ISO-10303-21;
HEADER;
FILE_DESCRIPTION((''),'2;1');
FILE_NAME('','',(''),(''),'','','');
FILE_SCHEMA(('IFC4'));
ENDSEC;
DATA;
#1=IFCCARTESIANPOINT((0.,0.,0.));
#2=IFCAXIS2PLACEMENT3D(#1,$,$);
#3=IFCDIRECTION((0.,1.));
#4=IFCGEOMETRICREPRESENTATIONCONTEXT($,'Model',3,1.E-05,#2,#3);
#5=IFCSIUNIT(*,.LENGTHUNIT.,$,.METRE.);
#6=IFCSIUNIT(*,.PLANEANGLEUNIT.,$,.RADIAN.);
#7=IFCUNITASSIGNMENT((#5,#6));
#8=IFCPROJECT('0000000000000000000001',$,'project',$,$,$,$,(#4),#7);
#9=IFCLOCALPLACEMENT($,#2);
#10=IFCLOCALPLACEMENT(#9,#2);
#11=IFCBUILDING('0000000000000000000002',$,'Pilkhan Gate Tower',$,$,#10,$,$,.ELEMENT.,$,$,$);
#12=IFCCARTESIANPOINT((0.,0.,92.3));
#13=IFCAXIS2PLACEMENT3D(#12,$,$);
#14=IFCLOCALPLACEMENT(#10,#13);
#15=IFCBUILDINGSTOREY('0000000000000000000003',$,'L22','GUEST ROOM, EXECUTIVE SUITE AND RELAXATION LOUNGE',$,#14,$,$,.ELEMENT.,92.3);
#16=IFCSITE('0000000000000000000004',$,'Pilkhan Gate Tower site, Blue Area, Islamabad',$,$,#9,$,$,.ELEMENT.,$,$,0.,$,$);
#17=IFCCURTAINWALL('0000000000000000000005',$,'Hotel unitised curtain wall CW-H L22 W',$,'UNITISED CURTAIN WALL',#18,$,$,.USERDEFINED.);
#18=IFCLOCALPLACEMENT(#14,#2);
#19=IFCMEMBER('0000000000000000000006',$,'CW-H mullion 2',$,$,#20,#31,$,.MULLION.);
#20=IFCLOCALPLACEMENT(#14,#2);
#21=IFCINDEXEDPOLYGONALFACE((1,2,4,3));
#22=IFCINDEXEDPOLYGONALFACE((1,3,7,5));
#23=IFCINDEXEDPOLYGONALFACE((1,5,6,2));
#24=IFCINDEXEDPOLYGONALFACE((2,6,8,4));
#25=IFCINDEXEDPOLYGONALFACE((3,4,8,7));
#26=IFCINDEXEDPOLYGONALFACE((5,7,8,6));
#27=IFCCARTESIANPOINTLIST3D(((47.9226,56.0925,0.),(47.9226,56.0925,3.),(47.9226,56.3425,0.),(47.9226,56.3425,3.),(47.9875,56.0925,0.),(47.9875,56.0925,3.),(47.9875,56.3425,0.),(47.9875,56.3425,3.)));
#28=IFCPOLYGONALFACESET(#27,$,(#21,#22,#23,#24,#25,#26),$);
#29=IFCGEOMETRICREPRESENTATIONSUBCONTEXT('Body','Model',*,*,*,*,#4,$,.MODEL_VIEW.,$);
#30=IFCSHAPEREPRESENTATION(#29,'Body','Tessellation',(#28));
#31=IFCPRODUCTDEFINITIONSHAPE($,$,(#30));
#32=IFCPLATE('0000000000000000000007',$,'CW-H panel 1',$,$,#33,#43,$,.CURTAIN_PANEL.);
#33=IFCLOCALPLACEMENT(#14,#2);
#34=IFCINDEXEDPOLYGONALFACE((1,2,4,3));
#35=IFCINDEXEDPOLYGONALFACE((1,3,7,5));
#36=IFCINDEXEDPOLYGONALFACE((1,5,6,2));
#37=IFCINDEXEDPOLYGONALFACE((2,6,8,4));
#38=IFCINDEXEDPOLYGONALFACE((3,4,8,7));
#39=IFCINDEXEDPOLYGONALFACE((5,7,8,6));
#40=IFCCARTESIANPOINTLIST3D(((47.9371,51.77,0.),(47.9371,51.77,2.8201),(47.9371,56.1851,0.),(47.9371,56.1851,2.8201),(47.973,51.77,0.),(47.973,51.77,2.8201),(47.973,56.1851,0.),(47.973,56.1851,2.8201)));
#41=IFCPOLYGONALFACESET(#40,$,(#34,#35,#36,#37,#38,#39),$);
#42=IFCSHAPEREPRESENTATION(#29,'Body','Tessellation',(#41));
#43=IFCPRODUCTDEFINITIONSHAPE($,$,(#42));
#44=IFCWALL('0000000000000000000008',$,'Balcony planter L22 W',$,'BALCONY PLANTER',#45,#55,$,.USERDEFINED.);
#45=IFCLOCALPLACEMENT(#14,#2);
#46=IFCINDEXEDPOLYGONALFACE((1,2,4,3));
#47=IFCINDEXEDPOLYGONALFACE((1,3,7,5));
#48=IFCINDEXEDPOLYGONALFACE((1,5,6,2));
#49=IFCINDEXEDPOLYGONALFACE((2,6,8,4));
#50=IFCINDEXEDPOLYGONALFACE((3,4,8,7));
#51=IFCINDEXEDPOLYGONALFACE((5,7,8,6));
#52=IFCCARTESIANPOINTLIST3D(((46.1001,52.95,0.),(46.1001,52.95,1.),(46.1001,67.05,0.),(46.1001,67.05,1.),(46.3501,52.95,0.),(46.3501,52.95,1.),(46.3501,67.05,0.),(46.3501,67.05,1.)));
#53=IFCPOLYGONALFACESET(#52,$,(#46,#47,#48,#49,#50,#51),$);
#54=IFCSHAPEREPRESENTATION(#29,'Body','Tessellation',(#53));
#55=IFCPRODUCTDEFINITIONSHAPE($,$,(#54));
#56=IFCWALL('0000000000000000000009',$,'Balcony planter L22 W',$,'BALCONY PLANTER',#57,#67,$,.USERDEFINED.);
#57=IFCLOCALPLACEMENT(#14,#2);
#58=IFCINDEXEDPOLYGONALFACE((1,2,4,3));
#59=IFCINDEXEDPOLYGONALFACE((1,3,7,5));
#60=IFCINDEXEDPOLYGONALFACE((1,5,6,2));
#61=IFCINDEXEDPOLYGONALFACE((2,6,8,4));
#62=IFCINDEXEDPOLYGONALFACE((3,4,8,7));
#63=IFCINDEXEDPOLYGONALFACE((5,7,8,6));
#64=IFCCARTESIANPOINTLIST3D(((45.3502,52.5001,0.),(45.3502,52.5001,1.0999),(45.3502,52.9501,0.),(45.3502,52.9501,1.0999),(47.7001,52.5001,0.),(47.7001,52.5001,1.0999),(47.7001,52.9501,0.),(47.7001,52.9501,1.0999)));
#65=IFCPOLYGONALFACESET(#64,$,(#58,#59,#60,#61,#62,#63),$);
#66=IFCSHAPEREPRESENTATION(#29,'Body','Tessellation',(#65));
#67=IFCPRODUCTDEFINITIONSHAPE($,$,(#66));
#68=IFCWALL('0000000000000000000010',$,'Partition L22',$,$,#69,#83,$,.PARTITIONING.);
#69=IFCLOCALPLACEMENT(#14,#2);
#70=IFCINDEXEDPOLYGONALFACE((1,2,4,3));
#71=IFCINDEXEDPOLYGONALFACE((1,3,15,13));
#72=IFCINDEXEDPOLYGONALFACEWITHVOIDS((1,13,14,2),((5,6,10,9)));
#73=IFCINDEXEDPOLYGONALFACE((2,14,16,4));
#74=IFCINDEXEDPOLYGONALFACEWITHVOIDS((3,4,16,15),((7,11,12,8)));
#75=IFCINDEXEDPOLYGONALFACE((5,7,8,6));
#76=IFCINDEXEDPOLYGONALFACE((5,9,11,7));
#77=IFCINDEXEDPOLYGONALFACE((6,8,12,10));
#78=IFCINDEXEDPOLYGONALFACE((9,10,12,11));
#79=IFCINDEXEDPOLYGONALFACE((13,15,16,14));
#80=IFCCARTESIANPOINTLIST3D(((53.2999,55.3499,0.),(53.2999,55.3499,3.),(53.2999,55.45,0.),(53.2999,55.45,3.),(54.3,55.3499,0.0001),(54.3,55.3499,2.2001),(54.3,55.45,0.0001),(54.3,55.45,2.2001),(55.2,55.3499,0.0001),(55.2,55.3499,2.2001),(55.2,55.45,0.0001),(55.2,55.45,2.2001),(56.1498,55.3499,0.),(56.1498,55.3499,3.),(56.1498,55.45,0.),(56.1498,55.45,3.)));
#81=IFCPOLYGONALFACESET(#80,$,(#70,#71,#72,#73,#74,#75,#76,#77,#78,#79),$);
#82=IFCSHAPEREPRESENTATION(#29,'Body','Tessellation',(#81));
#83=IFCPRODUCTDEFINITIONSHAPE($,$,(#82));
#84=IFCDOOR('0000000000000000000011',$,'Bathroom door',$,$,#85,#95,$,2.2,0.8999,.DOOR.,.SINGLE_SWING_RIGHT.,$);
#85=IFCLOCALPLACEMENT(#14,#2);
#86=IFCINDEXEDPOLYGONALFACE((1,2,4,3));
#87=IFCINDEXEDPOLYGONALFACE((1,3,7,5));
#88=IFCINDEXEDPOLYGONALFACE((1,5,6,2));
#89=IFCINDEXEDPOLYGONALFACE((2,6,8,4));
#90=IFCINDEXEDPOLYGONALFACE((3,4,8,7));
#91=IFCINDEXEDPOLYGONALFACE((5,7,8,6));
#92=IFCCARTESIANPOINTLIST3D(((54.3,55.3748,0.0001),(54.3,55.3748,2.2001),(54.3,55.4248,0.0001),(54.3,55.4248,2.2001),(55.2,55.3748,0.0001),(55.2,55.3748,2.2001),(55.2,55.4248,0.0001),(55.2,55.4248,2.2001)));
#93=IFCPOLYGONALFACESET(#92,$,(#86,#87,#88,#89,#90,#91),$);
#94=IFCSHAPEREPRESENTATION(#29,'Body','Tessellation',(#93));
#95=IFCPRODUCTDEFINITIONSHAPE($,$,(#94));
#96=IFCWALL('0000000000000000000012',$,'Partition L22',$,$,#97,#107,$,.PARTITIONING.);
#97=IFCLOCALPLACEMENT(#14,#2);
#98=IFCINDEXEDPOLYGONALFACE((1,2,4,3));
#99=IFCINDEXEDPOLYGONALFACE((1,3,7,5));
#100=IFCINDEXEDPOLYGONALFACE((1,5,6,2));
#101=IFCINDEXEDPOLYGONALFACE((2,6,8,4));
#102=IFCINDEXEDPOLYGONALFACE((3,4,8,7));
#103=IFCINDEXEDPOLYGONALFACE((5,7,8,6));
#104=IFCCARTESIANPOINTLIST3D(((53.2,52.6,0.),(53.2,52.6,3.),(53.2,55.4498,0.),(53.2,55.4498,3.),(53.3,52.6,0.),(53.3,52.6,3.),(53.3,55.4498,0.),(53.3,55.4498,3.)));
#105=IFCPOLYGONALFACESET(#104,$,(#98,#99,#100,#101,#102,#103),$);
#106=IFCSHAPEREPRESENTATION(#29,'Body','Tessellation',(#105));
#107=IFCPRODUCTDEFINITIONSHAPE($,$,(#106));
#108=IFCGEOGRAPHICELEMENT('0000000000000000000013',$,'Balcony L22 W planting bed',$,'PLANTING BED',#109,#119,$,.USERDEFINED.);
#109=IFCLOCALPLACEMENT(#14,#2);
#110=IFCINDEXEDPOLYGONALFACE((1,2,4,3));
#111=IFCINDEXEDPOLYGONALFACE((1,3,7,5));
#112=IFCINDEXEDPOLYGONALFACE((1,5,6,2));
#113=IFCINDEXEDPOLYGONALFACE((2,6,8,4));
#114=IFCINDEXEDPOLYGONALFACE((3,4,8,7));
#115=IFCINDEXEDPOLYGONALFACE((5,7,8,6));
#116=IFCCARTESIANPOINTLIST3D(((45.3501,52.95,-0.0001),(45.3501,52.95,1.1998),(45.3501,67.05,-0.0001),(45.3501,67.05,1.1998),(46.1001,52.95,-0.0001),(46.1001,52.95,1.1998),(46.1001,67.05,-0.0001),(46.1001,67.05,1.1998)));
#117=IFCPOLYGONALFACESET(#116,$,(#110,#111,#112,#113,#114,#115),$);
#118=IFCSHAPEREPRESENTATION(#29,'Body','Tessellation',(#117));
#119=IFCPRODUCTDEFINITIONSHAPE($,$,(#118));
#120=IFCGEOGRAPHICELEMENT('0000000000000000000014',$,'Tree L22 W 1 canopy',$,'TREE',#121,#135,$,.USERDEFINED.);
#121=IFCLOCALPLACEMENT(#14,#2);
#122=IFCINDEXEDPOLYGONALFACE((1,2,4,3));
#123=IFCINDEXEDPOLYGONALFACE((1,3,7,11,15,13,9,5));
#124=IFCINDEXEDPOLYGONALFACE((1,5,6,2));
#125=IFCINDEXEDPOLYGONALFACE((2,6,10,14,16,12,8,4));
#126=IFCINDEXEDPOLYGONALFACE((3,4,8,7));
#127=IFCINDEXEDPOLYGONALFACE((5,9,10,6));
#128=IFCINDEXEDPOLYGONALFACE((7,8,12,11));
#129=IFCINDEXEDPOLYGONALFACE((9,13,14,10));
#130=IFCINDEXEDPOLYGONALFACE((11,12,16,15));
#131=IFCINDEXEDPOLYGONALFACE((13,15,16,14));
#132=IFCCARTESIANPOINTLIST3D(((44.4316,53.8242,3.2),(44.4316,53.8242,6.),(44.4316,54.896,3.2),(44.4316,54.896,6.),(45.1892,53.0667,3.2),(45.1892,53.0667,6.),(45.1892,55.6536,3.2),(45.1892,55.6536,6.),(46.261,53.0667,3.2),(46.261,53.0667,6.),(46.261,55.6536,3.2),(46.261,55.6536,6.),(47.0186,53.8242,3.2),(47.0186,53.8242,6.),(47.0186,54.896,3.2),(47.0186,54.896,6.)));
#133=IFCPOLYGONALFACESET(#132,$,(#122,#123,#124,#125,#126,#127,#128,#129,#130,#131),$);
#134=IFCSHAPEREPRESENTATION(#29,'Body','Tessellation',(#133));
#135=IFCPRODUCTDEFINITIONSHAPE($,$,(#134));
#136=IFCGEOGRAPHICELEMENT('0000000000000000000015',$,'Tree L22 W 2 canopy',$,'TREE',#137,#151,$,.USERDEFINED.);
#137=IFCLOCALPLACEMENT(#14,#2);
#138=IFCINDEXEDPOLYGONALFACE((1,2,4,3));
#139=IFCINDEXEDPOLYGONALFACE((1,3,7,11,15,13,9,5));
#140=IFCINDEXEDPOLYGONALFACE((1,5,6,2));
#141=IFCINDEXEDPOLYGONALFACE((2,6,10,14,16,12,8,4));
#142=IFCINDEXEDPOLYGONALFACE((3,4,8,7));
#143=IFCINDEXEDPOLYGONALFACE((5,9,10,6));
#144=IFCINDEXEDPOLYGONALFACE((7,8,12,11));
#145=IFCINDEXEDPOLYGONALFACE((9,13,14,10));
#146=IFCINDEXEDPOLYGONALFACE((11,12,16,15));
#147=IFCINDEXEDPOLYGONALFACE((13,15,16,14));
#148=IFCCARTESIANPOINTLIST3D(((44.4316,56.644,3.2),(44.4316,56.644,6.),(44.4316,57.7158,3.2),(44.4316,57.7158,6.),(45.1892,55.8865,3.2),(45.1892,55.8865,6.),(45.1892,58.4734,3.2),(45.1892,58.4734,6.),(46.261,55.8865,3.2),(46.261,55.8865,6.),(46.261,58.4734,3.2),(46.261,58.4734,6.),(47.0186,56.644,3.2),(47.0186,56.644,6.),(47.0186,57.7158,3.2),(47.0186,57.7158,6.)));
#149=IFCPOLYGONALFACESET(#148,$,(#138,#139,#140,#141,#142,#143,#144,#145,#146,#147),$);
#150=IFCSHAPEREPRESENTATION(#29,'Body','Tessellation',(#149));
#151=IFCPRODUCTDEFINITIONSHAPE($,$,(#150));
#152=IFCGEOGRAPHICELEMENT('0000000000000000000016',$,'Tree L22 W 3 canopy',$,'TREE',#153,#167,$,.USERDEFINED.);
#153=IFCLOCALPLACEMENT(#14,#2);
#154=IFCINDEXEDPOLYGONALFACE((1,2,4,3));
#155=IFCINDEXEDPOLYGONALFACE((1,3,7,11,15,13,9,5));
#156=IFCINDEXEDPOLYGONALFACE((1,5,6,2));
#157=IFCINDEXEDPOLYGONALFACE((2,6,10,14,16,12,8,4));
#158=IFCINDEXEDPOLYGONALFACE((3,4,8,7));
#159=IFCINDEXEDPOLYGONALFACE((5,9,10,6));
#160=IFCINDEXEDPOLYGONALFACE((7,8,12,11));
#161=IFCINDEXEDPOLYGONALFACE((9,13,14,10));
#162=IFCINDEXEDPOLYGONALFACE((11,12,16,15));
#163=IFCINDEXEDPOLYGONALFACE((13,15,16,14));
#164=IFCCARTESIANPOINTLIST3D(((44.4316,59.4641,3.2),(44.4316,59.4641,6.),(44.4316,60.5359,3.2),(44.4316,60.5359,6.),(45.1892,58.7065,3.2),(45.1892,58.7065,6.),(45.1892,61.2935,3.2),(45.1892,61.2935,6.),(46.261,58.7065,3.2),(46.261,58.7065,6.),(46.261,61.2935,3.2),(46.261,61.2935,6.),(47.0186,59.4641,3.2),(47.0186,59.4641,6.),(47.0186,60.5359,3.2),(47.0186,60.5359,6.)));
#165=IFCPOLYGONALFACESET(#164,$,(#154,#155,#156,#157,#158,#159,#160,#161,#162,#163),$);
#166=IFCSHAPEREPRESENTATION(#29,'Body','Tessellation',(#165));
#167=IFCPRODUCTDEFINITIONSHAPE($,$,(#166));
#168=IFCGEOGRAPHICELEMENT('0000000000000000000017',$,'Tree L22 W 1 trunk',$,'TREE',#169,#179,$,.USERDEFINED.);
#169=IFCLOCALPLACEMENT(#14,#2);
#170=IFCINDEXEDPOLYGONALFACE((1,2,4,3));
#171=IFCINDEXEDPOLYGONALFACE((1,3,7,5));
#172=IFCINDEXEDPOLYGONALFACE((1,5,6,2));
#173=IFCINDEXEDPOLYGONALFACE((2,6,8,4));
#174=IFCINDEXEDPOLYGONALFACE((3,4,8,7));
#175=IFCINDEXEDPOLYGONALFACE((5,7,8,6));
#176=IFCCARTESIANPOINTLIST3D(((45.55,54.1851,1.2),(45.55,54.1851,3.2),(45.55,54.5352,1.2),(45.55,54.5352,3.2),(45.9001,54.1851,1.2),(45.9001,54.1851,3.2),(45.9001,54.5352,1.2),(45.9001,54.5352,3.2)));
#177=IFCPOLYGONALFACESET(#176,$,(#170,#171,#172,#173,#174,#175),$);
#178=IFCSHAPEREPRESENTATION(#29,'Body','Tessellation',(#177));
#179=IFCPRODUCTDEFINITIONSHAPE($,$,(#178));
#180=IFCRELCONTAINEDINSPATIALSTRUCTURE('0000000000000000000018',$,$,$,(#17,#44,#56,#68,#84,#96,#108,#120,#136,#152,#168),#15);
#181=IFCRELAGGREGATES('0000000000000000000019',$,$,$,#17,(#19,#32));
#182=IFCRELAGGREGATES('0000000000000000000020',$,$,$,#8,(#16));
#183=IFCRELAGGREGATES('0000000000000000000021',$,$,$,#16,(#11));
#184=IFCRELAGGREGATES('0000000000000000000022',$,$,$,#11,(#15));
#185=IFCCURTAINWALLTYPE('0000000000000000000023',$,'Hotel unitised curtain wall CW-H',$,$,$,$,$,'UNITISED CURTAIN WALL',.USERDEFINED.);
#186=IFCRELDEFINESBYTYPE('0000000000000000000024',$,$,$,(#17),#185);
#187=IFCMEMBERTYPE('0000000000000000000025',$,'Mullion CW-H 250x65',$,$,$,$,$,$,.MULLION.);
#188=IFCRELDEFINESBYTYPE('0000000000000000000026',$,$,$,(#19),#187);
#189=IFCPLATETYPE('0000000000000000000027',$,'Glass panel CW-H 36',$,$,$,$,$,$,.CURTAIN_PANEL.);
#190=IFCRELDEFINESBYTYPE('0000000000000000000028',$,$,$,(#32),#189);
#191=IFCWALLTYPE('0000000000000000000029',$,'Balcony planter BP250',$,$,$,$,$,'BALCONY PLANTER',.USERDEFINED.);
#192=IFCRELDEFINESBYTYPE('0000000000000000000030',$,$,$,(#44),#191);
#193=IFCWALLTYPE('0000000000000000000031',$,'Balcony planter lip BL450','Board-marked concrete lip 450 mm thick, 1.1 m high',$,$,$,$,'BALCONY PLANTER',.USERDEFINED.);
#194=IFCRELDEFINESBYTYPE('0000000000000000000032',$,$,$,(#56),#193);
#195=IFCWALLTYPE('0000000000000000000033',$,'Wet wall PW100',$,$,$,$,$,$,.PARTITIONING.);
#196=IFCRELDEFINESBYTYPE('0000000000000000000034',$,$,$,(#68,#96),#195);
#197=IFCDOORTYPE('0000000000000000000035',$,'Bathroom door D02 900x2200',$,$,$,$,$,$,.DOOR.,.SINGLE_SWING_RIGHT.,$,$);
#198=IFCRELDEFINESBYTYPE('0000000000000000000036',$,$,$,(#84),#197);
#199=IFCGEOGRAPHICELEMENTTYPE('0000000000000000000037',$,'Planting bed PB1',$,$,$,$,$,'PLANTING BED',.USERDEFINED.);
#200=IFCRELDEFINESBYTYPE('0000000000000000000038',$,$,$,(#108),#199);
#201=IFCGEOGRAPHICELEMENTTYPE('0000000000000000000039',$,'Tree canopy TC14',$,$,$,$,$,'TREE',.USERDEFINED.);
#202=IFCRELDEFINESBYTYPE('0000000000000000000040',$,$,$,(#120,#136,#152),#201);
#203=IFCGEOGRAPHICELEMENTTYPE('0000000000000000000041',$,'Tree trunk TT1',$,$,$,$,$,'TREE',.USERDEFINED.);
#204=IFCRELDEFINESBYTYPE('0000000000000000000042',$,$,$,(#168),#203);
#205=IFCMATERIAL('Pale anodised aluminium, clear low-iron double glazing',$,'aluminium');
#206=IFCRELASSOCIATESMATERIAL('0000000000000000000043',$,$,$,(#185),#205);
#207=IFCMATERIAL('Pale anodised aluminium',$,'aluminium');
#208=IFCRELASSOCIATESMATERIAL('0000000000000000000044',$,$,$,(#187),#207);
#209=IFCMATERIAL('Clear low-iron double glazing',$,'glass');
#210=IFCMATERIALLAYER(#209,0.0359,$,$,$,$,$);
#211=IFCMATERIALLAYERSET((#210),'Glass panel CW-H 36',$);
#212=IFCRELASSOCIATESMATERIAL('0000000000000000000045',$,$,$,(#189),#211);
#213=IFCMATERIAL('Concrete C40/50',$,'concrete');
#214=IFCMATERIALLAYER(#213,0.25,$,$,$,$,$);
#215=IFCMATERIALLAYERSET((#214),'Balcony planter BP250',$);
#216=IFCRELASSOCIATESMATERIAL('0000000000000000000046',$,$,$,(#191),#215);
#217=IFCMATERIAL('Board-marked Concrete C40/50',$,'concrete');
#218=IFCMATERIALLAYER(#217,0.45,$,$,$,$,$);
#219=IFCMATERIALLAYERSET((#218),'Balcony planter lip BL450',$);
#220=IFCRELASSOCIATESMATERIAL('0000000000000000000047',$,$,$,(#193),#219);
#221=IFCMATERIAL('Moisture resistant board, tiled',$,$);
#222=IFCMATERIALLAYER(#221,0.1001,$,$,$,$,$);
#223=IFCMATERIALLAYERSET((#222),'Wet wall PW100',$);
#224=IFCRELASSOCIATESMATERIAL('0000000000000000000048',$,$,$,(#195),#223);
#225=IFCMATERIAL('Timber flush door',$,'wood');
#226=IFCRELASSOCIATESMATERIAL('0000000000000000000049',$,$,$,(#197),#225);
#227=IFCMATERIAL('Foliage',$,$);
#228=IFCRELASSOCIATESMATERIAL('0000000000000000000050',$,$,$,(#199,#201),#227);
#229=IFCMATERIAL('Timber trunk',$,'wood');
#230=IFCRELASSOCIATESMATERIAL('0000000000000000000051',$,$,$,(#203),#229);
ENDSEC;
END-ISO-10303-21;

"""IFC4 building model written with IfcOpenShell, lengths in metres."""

from ifc_helpers import new_model, si_unit, direction, frame, frame_2d, origin, origin_2d, place, context, subcontext, project, spatial, polyline, rectangle, outline, extrude, material, layer, layer_set, material_profile, profile_set, type_object, element, fill, aggregate, save


model = new_model("IFC4")

# Units and contexts
model_context = context("Model", 3, precision=1e-05, world=origin(), true_north=direction((0.0, 1.0)))
body_context = subcontext(model_context, "Body", "Model", "MODEL_VIEW")
ifc_project = project(units=[si_unit("LENGTHUNIT", "METRE"), si_unit("PLANEANGLEUNIT", "RADIAN")], contexts=[model_context])

# Site, building, storey
site_placement = place(None, origin())
site = spatial("IfcSite", under=ifc_project, at=site_placement, Name="Pilkhan Gate Tower site, Blue Area, Islamabad", CompositionType="ELEMENT", RefElevation=0.0)
building_placement = place(site_placement, origin())
building = spatial("IfcBuilding", under=site, at=building_placement, Name="Pilkhan Gate Tower", CompositionType="ELEMENT")
storey_placement = place(building_placement, frame((0.0, 0.0, 92.3)))
storey = spatial("IfcBuildingStorey", under=building, at=storey_placement, Name="L22", Description="GUEST ROOM, EXECUTIVE SUITE AND RELAXATION LOUNGE", CompositionType="ELEMENT", Elevation=92.3)

# Curtain wall, member, plate
ifc_material_1 = material(Name="Pale anodised aluminium, clear low-iron double glazing", Category="aluminium")
curtain_wall_type = type_object("IfcCurtainWallType", Name="Hotel unitised curtain wall CW-H", ElementType="UNITISED CURTAIN WALL", PredefinedType="USERDEFINED", material=ifc_material_1)
curtain_wall_placement = place(storey_placement, origin())
curtain_wall = element("IfcCurtainWall", 1, at=curtain_wall_placement, inside=storey, type_object=curtain_wall_type, Name="Hotel unitised curtain wall CW-H L22 W", ObjectType="UNITISED CURTAIN WALL", PredefinedType="USERDEFINED")
ifc_material_2 = material(Name="Pale anodised aluminium", Category="aluminium")
ifc_material_profile_1 = material_profile(ifc_material_2, rectangle(XDim=0.0649, YDim=0.25, at=origin_2d()), Name="Mullion 250x65")
ifc_profile_set_1 = profile_set([ifc_material_profile_1], Name="Pale anodised aluminium")
member_type = type_object("IfcMemberType", Name="Mullion CW-H 250x65", PredefinedType="MULLION", material=ifc_profile_set_1)
member_placement = place(storey_placement, frame((47.9551, 56.2175, 0.0), z_axis=(0.0, 0.0, 1.0), x_axis=(-1.0, 0.0, 0.0)))
member = element("IfcMember", 2, at=member_placement, type_object=member_type, Name="CW-H mullion 2", PredefinedType="MULLION", context=body_context, shape_type="SweptSolid", body=[
    extrude(rectangle(XDim=0.0649, YDim=0.25, at=origin_2d()), origin(), (0.0, 0.0, 1.0), 3.0),
])
ifc_material_3 = material(Name="Clear low-iron double glazing", Category="glass")
ifc_layer_1 = layer(ifc_material_3, 0.0359)
ifc_layer_set_1 = layer_set([ifc_layer_1], Name="Glass panel CW-H 36")
plate_type = type_object("IfcPlateType", Name="Glass panel CW-H 36", PredefinedType="CURTAIN_PANEL", material=ifc_layer_set_1)
plate_placement = place(storey_placement, frame((47.9551, 53.9775, 0.0), z_axis=(0.0, 0.0, 1.0), x_axis=(0.0, 1.0, 0.0)))
plate = element("IfcPlate", 3, at=plate_placement, type_object=plate_type, Name="CW-H panel 1", PredefinedType="CURTAIN_PANEL", context=body_context, shape_type="SweptSolid", body=[
    extrude(rectangle(XDim=4.415, YDim=0.0359, at=origin_2d()), origin(), (0.0, 0.0, 1.0), 2.8201),
])
aggregate(curtain_wall, [member, plate])

# Walls
ifc_material_4 = material(Name="Concrete C40/50", Category="concrete")
ifc_layer_2 = layer(ifc_material_4, 0.25)
ifc_layer_set_2 = layer_set([ifc_layer_2], Name="Balcony planter BP250")
wall_type_1 = type_object("IfcWallType", Name="Balcony planter BP250", ElementType="BALCONY PLANTER", PredefinedType="USERDEFINED", material=ifc_layer_set_2)
wall_1_placement = place(storey_placement, frame((46.2251, 52.95, 0.0), z_axis=(0.0, 0.0, 1.0), x_axis=(0.0, 1.0, 0.0)))
element("IfcWall", 4, at=wall_1_placement, inside=storey, type_object=wall_type_1, Name="Balcony planter L22 W", ObjectType="BALCONY PLANTER", PredefinedType="USERDEFINED", context=body_context, shape_type="SweptSolid", body=[
    extrude(rectangle(XDim=14.1001, YDim=0.25, at=frame_2d((7.05, 0.0))), origin(), (0.0, 0.0, 1.0), 1.0),
])
ifc_material_5 = material(Name="Board-marked Concrete C40/50", Category="concrete")
ifc_layer_3 = layer(ifc_material_5, 0.45)
ifc_layer_set_3 = layer_set([ifc_layer_3], Name="Balcony planter lip BL450")
wall_type_2 = type_object("IfcWallType", Name="Balcony planter lip BL450", Description="Board-marked concrete lip 450 mm thick, 1.1 m high", ElementType="BALCONY PLANTER", PredefinedType="USERDEFINED", material=ifc_layer_set_3)
wall_2_placement = place(storey_placement, frame((47.7, 52.7251, 0.0), z_axis=(0.0, 0.0, 1.0), x_axis=(-1.0, 0.0, 0.0)))
element("IfcWall", 5, at=wall_2_placement, inside=storey, type_object=wall_type_2, Name="Balcony planter L22 W", ObjectType="BALCONY PLANTER", PredefinedType="USERDEFINED", context=body_context, shape_type="SweptSolid", body=[
    extrude(rectangle(XDim=2.3499, YDim=0.45, at=frame_2d((1.1748, 0.0))), origin(), (0.0, 0.0, 1.0), 1.0999),
])

# Wall, opening, door
ifc_material_6 = material(Name="Moisture resistant board, tiled")
ifc_layer_4 = layer(ifc_material_6, 0.1001)
ifc_layer_set_4 = layer_set([ifc_layer_4], Name="Wet wall PW100")
wall_type_3 = type_object("IfcWallType", Name="Wet wall PW100", PredefinedType="PARTITIONING", material=ifc_layer_set_4)
wall_3_placement = place(storey_placement, frame((53.3, 55.3999, 0.0), z_axis=(0.0, 0.0, 1.0), x_axis=(1.0, 0.0, 0.0)))
wall_3 = element("IfcWall", 6, at=wall_3_placement, inside=storey, type_object=wall_type_3, Name="Partition L22", PredefinedType="PARTITIONING", context=body_context, shape_type="SweptSolid", body=[
    extrude(rectangle(XDim=2.8499, YDim=0.1001, at=frame_2d((1.4248, 0.0))), origin(), (0.0, 0.0, 1.0), 3.0),
])
opening_1_placement = place(wall_3_placement, frame((1.0, 0.0, 0.0)))
opening_1 = element("IfcOpeningElement", 7, at=opening_1_placement, cuts=wall_3, PredefinedType="OPENING", context=body_context, shape_type="SweptSolid", body=[
    extrude(rectangle(XDim=0.8999, YDim=2.2, at=frame_2d((0.45, 1.1001))), frame((0.0, 0.0601, 0.0), z_axis=(0.0, -1.0, 0.0), x_axis=(1.0, 0.0, 0.0)), (0.0, 0.0, 1.0), 0.1201),
])
ifc_material_7 = material(Name="Timber flush door", Category="wood")
door_type_1 = type_object("IfcDoorType", Name="Bathroom door D02 900x2200", OperationType="SINGLE_SWING_RIGHT", PredefinedType="DOOR", material=ifc_material_7)
door_1_placement = place(opening_1_placement, origin())
door_1 = element("IfcDoor", 8, at=door_1_placement, inside=storey, type_object=door_type_1, Name="Bathroom door", OperationType="SINGLE_SWING_RIGHT", OverallHeight=2.2, OverallWidth=0.8999, PredefinedType="DOOR", context=body_context, shape_type="SweptSolid", body=[
    extrude(rectangle(XDim=0.8999, YDim=2.2, at=frame_2d((0.45, 1.1001))), frame((0.0, 0.0249, 0.0), z_axis=(0.0, -1.0, 0.0), x_axis=(1.0, 0.0, 0.0)), (0.0, 0.0, 1.0), 0.05),
])
fill(opening_1, door_1)

# Wall
wall_4_placement = place(storey_placement, frame((53.25, 52.6001, 0.0), z_axis=(0.0, 0.0, 1.0), x_axis=(0.0, 1.0, 0.0)))
element("IfcWall", 9, at=wall_4_placement, inside=storey, type_object=wall_type_3, Name="Partition L22", PredefinedType="PARTITIONING", context=body_context, shape_type="SweptSolid", body=[
    extrude(rectangle(XDim=2.8499, YDim=0.1001, at=frame_2d((1.4248, 0.0))), origin(), (0.0, 0.0, 1.0), 3.0),
])

# Geographic elements
ifc_material_8 = material(Name="Foliage")
ifc_material_profile_2 = material_profile(ifc_material_8, rectangle(XDim=0.75, YDim=1.2, at=origin_2d()), Name="Bed 750x1200")
ifc_profile_set_2 = profile_set([ifc_material_profile_2], Name="Foliage")
geographic_element_type_1 = type_object("IfcGeographicElementType", Name="Planting bed PB1", ElementType="PLANTING BED", PredefinedType="USERDEFINED", material=ifc_profile_set_2)
geographic_element_placement = place(storey_placement, frame((45.7251, 52.95, 0.5999), z_axis=(0.0, 1.0, 0.0), x_axis=(-1.0, 0.0, 0.0)))
element("IfcGeographicElement", 10, at=geographic_element_placement, inside=storey, type_object=geographic_element_type_1, Name="Balcony L22 W planting bed", ObjectType="PLANTING BED", PredefinedType="USERDEFINED", context=body_context, shape_type="SweptSolid", body=[
    extrude(rectangle(XDim=0.75, YDim=1.2, at=origin_2d()), origin(), (0.0, 0.0, 1.0), 14.1001),
])
ifc_material_profile_3 = material_profile(ifc_material_8, outline(polyline([(1.2935, 0.5359), (0.5359, 1.2935), (-0.5359, 1.2935), (-1.2935, 0.5359), (-1.2935, -0.5359), (-0.5359, -1.2935), (0.5359, -1.2935), (1.2935, -0.5359), (1.2935, 0.5359)])), Name="Canopy D2.8")
ifc_profile_set_3 = profile_set([ifc_material_profile_3], Name="Foliage")
geographic_element_type_2 = type_object("IfcGeographicElementType", Name="Tree canopy TC14", ElementType="TREE", PredefinedType="USERDEFINED", material=ifc_profile_set_3)
for number, where, z_axis, x_axis, name in (
    (11, (45.7251, 54.3601, 3.2), (0.0, 0.0, 1.0), (1.0, 0.0, 0.0), "Tree L22 W 1 canopy"),
    (12, (45.7251, 57.1799, 3.2), (0.0, 0.0, 1.0), (1.0, 0.0, 0.0), "Tree L22 W 2 canopy"),
    (13, (45.7251, 60.0, 3.2), (0.0, 0.0, 1.0), (1.0, 0.0, 0.0), "Tree L22 W 3 canopy"),
):
    element("IfcGeographicElement", number, at=place(storey_placement, frame(where, z_axis=z_axis, x_axis=x_axis)), inside=storey, type_object=geographic_element_type_2, Name=name, ObjectType="TREE", PredefinedType="USERDEFINED", context=body_context, shape_type="SweptSolid", body=[
        extrude(outline(polyline([(1.2935, 0.5359), (0.5359, 1.2935), (-0.5359, 1.2935), (-1.2935, 0.5359), (-1.2935, -0.5359), (-0.5359, -1.2935), (0.5359, -1.2935), (1.2935, -0.5359), (1.2935, 0.5359)])), origin(), (0.0, 0.0, 1.0), 2.8),
    ])
ifc_material_9 = material(Name="Timber trunk", Category="wood")
geographic_element_type_3 = type_object("IfcGeographicElementType", Name="Tree trunk TT1", ElementType="TREE", PredefinedType="USERDEFINED", material=ifc_material_9)
for number, where, z_axis, x_axis, name in (
    (14, (45.7251, 54.3601, 1.2), (0.0, 0.0, 1.0), (1.0, 0.0, 0.0), "Tree L22 W 1 trunk"),
):
    element("IfcGeographicElement", number, at=place(storey_placement, frame(where, z_axis=z_axis, x_axis=x_axis)), inside=storey, type_object=geographic_element_type_3, Name=name, ObjectType="TREE", PredefinedType="USERDEFINED", context=body_context, shape_type="SweptSolid", body=[
        extrude(rectangle(XDim=0.3501, YDim=0.3501, at=origin_2d()), origin(), (0.0, 0.0, 1.0), 2.0),
    ])

save(model, "model.ifc")
